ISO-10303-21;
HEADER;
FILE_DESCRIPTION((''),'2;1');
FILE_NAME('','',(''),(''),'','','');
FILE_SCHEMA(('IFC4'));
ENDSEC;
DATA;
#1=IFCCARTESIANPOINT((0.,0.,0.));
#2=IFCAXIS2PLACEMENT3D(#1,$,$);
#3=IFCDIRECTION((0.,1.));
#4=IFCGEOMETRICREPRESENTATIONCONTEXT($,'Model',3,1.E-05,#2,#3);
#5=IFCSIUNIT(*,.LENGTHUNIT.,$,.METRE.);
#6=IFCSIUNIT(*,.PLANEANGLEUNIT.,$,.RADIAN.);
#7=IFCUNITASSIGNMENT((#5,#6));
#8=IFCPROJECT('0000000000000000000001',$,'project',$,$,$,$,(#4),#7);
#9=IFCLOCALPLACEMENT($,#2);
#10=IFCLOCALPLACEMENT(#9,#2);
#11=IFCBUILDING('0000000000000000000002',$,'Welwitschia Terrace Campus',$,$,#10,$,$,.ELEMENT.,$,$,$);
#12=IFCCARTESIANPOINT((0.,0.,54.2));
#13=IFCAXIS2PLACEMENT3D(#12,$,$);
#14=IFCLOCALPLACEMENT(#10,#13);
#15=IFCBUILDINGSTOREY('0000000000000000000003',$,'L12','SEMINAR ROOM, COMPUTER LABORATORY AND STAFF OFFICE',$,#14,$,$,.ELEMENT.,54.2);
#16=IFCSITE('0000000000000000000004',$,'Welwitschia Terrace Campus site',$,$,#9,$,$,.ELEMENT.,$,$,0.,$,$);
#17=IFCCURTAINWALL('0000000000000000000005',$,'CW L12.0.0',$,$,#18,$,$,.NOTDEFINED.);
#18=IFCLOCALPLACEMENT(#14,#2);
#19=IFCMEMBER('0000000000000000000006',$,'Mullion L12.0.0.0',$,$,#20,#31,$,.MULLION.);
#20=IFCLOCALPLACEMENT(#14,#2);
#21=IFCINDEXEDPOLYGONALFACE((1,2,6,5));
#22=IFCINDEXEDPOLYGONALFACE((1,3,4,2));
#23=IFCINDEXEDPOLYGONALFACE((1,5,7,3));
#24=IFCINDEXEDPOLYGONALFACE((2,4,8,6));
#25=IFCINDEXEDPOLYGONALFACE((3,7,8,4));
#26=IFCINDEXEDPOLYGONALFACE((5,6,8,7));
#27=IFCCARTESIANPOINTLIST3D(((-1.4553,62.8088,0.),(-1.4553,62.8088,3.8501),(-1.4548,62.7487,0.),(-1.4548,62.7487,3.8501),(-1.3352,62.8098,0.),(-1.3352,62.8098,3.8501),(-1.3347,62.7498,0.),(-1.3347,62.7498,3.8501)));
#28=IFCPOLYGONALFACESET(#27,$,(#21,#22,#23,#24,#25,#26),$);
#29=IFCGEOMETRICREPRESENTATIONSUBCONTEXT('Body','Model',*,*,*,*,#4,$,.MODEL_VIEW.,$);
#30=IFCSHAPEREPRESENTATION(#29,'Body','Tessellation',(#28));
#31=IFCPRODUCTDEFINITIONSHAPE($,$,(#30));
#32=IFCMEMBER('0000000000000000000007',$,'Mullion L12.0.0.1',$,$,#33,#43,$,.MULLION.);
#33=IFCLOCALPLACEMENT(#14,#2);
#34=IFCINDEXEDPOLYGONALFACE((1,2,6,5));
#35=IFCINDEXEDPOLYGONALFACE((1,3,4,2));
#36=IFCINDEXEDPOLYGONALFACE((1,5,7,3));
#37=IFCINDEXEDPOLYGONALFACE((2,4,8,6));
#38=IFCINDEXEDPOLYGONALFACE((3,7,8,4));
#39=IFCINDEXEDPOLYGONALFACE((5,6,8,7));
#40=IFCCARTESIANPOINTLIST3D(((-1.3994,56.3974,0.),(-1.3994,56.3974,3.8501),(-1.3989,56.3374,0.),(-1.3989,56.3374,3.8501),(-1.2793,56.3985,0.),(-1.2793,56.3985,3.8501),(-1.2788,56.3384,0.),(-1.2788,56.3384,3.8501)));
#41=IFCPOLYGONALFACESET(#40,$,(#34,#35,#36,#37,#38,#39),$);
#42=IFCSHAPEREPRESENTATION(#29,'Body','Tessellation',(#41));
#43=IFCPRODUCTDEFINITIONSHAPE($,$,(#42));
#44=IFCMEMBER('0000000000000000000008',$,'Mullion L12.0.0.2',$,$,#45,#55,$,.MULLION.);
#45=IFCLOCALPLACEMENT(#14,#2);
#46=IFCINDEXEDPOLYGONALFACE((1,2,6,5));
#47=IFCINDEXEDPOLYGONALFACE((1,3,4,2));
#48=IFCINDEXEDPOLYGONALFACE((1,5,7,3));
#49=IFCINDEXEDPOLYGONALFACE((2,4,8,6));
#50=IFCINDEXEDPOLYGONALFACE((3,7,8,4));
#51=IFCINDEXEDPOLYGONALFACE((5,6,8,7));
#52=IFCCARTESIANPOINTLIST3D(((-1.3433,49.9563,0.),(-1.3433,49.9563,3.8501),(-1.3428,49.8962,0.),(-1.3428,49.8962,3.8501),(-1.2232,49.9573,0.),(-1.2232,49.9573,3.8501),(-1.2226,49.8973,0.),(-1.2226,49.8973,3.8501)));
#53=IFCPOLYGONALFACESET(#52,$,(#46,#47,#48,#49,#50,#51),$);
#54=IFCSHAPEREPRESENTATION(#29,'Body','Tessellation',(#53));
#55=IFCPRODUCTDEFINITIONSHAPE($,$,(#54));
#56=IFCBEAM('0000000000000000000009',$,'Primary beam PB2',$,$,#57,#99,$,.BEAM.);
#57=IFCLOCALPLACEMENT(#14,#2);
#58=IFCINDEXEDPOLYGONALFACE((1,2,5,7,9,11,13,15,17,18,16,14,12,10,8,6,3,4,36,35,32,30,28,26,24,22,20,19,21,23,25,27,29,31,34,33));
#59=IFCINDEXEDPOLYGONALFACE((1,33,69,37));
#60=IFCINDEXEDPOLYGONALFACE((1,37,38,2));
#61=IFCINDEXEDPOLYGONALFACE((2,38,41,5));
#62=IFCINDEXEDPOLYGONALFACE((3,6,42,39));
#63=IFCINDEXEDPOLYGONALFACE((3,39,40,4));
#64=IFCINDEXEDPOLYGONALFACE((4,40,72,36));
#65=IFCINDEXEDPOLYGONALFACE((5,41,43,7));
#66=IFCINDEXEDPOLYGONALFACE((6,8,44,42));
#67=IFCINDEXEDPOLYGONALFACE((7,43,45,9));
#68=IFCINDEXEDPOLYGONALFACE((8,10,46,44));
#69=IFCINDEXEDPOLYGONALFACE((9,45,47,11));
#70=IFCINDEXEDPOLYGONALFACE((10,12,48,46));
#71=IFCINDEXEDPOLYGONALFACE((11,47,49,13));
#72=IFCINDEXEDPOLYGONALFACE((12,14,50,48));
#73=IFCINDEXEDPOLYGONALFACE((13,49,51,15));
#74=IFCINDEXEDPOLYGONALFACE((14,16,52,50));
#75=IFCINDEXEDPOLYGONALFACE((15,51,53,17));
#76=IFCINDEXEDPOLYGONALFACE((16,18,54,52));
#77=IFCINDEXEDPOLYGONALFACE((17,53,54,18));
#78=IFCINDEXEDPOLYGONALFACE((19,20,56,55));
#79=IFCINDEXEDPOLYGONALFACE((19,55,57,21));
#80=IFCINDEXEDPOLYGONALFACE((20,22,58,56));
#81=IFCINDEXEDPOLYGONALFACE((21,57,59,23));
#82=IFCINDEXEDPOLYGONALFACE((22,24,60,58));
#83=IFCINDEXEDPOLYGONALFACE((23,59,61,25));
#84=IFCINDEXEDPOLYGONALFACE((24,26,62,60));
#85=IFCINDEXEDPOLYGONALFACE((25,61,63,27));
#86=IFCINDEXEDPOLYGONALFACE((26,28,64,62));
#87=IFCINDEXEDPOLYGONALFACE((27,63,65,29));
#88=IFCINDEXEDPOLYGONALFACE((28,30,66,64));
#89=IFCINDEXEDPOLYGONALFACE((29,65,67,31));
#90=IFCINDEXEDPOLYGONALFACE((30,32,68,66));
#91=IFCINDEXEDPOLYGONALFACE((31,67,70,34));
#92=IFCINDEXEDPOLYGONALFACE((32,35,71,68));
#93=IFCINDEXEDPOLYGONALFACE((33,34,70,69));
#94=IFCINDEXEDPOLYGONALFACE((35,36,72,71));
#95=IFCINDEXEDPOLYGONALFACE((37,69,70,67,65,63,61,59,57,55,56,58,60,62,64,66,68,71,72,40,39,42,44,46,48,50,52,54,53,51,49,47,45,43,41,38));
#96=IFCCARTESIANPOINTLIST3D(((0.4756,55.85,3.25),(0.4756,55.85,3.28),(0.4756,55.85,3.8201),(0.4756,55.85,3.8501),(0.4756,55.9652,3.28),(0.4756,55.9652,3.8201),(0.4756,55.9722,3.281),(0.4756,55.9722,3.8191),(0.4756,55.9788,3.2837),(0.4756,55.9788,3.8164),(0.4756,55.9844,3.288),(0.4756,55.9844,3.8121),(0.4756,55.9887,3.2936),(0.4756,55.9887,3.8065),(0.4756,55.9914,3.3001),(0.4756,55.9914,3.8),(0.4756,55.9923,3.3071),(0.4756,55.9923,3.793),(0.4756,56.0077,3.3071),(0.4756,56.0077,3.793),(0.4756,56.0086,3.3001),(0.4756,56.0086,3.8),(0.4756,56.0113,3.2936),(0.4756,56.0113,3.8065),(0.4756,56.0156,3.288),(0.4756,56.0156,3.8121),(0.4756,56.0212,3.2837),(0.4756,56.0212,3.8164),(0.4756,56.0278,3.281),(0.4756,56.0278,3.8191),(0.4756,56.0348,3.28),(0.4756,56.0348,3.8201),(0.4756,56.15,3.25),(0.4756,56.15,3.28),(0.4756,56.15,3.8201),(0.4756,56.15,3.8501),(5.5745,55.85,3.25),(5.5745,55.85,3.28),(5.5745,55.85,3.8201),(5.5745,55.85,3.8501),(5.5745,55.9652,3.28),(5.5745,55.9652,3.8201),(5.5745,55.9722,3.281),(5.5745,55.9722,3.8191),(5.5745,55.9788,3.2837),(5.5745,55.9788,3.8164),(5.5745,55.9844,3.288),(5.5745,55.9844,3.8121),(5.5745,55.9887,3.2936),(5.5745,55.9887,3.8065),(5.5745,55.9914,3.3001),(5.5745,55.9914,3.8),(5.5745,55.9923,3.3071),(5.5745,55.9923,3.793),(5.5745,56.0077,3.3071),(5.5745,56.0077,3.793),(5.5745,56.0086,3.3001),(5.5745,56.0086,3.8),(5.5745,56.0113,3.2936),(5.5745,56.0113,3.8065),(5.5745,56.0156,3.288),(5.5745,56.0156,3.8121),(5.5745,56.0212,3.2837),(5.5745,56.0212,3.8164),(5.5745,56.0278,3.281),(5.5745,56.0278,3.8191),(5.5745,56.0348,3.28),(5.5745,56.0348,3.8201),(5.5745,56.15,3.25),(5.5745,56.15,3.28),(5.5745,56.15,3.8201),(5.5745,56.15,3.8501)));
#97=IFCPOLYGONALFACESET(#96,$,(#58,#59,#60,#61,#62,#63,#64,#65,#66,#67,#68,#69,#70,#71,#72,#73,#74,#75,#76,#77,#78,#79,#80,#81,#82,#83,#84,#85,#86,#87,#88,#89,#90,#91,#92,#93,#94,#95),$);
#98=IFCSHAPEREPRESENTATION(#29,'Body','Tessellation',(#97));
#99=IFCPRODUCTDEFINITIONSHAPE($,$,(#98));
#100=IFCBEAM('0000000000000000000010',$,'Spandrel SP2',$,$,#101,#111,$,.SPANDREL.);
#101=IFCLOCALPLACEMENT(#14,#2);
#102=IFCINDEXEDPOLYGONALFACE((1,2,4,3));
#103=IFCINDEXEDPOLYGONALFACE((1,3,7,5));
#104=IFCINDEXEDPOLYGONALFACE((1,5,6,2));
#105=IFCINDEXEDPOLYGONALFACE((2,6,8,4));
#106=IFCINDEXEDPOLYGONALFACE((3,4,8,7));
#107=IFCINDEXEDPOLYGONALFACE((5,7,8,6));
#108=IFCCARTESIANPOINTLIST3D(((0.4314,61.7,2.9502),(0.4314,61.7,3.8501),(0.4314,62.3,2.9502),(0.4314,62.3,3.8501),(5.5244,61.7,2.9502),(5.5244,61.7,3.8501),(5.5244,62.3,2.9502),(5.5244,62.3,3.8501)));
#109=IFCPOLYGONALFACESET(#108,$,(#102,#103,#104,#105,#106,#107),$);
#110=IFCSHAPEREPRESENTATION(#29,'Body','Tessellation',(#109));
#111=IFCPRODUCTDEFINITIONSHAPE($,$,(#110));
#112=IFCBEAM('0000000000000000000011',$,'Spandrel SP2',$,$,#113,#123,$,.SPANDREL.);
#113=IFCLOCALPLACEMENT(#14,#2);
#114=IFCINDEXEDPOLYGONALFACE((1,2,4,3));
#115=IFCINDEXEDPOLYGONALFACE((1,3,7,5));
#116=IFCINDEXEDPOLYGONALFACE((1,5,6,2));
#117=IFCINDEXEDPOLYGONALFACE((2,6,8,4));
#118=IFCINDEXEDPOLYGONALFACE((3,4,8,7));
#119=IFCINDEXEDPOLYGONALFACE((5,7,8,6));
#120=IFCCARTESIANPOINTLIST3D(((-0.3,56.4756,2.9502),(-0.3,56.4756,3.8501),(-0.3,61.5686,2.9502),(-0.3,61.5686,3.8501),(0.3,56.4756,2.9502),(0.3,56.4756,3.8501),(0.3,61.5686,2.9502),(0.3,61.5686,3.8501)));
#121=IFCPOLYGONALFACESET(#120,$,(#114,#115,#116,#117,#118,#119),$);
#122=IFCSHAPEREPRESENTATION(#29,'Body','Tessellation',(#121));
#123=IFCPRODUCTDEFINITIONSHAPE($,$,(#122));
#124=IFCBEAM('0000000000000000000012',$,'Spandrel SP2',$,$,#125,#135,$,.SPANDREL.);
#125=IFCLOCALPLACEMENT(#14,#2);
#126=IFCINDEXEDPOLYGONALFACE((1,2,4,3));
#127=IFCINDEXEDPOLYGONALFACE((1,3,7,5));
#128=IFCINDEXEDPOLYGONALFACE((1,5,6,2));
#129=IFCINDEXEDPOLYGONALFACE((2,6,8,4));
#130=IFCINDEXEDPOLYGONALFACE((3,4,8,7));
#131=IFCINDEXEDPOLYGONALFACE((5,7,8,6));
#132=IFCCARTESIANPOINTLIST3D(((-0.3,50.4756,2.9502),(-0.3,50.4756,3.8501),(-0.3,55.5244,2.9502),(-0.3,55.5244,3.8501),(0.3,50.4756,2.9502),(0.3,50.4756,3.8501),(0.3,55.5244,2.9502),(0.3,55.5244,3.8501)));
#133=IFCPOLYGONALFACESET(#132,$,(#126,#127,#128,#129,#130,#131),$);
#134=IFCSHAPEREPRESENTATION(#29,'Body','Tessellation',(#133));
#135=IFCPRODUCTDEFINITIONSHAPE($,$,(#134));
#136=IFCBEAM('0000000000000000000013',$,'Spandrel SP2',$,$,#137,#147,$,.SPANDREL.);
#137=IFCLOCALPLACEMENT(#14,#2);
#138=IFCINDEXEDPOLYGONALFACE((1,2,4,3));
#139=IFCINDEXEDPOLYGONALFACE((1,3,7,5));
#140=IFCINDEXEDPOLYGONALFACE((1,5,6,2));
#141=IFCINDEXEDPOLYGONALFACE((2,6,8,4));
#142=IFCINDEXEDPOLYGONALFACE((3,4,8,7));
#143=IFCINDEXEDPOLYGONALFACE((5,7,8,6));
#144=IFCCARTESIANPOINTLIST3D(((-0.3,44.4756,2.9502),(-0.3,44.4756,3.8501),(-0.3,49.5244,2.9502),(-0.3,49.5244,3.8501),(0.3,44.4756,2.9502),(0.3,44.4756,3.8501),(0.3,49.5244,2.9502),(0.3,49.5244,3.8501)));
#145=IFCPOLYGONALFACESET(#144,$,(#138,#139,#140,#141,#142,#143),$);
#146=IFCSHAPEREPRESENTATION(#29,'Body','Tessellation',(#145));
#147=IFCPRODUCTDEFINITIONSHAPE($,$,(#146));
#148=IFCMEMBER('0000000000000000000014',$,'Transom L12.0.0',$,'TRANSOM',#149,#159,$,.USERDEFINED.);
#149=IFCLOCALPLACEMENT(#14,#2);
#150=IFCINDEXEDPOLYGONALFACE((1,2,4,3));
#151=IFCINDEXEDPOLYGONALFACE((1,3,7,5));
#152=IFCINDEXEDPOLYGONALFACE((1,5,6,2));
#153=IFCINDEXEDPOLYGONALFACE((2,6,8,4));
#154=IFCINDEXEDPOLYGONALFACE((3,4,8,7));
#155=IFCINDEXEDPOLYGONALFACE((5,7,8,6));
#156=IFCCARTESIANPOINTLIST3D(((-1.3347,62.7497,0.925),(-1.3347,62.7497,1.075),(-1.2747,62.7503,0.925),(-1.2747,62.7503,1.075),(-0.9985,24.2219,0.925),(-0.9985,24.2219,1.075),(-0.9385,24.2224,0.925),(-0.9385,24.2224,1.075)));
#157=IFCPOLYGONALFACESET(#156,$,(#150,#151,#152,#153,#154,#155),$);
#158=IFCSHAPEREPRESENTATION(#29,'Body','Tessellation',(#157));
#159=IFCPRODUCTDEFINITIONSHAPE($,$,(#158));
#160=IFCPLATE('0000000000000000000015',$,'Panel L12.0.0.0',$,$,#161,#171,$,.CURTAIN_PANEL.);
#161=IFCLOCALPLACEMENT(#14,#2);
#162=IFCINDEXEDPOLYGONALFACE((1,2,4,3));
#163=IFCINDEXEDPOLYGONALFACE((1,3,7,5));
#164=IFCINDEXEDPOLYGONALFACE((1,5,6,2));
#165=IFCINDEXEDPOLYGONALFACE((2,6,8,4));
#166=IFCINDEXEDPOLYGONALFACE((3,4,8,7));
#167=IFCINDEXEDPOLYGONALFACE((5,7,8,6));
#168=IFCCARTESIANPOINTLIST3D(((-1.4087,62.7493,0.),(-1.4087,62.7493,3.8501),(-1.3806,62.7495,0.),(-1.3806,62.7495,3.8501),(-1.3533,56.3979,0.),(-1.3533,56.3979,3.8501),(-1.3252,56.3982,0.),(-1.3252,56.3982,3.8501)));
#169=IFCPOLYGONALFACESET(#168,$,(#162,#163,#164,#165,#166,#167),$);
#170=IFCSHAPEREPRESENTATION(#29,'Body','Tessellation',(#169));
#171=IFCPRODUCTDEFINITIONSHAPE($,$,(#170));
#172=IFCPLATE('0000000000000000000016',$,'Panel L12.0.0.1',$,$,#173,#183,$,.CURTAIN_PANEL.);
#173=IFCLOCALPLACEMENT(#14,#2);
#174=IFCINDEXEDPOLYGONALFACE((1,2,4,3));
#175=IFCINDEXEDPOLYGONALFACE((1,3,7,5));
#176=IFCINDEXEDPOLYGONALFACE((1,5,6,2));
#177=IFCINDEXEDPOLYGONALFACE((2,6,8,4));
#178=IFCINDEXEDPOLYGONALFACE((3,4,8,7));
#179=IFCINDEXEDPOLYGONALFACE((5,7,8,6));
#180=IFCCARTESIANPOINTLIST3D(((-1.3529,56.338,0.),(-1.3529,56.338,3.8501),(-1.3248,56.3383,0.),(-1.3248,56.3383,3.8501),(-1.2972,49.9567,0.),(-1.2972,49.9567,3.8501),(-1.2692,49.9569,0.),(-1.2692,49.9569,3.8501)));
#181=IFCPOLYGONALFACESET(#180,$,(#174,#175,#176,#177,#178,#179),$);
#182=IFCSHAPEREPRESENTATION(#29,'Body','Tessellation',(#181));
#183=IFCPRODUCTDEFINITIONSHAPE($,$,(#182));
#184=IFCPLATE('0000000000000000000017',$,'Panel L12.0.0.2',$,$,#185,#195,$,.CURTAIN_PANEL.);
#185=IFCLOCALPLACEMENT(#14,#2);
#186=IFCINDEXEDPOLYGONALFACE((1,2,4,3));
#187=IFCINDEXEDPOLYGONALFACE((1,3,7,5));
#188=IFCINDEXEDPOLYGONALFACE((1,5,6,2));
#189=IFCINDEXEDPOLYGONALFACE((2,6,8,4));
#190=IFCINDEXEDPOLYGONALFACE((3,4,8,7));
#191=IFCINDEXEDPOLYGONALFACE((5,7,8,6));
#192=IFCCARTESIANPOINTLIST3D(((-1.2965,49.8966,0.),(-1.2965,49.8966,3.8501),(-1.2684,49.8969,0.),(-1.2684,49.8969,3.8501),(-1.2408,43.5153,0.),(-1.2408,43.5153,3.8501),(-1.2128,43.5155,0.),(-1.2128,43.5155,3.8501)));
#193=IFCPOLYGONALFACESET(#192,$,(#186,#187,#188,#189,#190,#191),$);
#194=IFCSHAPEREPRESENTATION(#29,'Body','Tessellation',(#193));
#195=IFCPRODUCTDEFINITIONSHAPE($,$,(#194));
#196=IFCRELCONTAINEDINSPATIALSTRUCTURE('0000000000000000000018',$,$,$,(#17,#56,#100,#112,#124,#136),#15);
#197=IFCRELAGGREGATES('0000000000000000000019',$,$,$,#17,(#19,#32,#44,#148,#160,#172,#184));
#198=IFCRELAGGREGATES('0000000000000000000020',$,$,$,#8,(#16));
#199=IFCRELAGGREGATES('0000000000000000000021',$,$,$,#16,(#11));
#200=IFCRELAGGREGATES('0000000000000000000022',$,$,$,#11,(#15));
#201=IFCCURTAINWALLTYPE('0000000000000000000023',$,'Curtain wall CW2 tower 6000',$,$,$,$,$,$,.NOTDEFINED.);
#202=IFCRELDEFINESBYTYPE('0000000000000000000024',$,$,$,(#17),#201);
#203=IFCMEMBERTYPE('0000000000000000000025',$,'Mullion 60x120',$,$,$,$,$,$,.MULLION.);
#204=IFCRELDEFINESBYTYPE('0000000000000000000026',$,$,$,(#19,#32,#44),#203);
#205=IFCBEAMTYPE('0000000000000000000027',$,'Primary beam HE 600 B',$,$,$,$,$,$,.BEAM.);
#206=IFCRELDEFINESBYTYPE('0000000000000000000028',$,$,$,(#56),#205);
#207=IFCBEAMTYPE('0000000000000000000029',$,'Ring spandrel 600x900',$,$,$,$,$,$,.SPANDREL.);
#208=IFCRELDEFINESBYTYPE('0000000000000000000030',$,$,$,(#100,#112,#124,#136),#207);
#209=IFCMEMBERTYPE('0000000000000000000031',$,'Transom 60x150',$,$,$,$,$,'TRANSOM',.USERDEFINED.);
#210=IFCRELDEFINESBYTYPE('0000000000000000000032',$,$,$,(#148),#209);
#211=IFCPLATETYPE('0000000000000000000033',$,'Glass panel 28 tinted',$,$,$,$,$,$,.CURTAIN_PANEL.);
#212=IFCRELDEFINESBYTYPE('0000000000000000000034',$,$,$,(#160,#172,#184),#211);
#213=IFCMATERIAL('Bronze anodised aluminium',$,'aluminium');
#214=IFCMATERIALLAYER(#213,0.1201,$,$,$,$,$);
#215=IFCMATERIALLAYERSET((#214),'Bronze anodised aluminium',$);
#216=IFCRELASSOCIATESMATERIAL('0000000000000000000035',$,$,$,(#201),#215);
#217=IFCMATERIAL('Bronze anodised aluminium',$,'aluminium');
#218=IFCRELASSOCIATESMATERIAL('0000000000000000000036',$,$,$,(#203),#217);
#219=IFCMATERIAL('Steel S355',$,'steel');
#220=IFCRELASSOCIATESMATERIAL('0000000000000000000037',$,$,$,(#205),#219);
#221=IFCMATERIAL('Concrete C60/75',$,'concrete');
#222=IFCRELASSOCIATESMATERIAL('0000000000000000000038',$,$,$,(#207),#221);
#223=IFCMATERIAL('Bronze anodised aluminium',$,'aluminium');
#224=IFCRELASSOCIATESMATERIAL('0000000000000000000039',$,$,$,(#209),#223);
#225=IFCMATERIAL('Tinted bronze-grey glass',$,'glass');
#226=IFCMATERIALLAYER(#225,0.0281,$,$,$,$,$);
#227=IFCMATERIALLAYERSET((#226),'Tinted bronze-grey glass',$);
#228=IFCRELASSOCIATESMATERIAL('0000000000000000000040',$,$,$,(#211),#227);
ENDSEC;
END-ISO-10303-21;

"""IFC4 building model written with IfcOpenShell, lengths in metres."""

from ifc_helpers import new_model, si_unit, direction, frame, origin, origin_2d, place, context, subcontext, project, spatial, rectangle, i_section, extrude, material, layer, layer_set, material_profile, profile_set, type_object, element, aggregate, save


model = new_model("IFC4")

# Units and contexts
model_context = context("Model", 3, precision=1e-05, world=origin(), true_north=direction((0.0, 1.0)))
body_context = subcontext(model_context, "Body", "Model", "MODEL_VIEW")
ifc_project = project(units=[si_unit("LENGTHUNIT", "METRE"), si_unit("PLANEANGLEUNIT", "RADIAN")], contexts=[model_context])

# Site, building, storey
site_placement = place(None, origin())
site = spatial("IfcSite", under=ifc_project, at=site_placement, Name="Welwitschia Terrace Campus site", CompositionType="ELEMENT", RefElevation=0.0)
building_placement = place(site_placement, origin())
building = spatial("IfcBuilding", under=site, at=building_placement, Name="Welwitschia Terrace Campus", CompositionType="ELEMENT")
storey_placement = place(building_placement, frame((0.0, 0.0, 54.2)))
storey = spatial("IfcBuildingStorey", under=building, at=storey_placement, Name="L12", Description="SEMINAR ROOM, COMPUTER LABORATORY AND STAFF OFFICE", CompositionType="ELEMENT", Elevation=54.2)

# Curtain wall, members
ifc_material_1 = material(Name="Bronze anodised aluminium", Category="aluminium")
ifc_layer_1 = layer(ifc_material_1, 0.1201)
ifc_layer_set_1 = layer_set([ifc_layer_1], Name="Bronze anodised aluminium")
curtain_wall_type = type_object("IfcCurtainWallType", Name="Curtain wall CW2 tower 6000", PredefinedType="NOTDEFINED", material=ifc_layer_set_1)
curtain_wall_placement = place(storey_placement, origin())
curtain_wall = element("IfcCurtainWall", 1, at=curtain_wall_placement, inside=storey, type_object=curtain_wall_type, Name="CW L12.0.0", PredefinedType="NOTDEFINED")
ifc_material_2 = material(Name="Bronze anodised aluminium", Category="aluminium")
ifc_material_profile_1 = material_profile(ifc_material_2, rectangle(XDim=0.1201, YDim=0.0601, at=origin_2d()))
ifc_profile_set_1 = profile_set([ifc_material_profile_1], Name="Bronze anodised aluminium")
member_type_1 = type_object("IfcMemberType", Name="Mullion 60x120", PredefinedType="MULLION", material=ifc_profile_set_1)
member_1_placement = place(storey_placement, frame((-1.395, 62.7793, 0.0), z_axis=(0.0, 0.0, 1.0), x_axis=(0.999962, 0.008727, 0.0)))
member_1 = element("IfcMember", 2, at=member_1_placement, type_object=member_type_1, Name="Mullion L12.0.0.0", PredefinedType="MULLION", context=body_context, shape_type="SweptSolid", body=[
    extrude(rectangle(XDim=0.1201, YDim=0.0601, at=origin_2d()), origin(), (0.0, 0.0, 1.0), 3.8501),
])
member_2_placement = place(storey_placement, frame((-1.3391, 56.3679, 0.0), z_axis=(0.0, 0.0, 1.0), x_axis=(0.999962, 0.008727, 0.0)))
member_2 = element("IfcMember", 3, at=member_2_placement, type_object=member_type_1, Name="Mullion L12.0.0.1", PredefinedType="MULLION", context=body_context, shape_type="SweptSolid", body=[
    extrude(rectangle(XDim=0.1201, YDim=0.0601, at=origin_2d()), origin(), (0.0, 0.0, 1.0), 3.8501),
])
member_3_placement = place(storey_placement, frame((-1.283, 49.9268, 0.0), z_axis=(0.0, 0.0, 1.0), x_axis=(0.999962, 0.008727, 0.0)))
member_3 = element("IfcMember", 4, at=member_3_placement, type_object=member_type_1, Name="Mullion L12.0.0.2", PredefinedType="MULLION", context=body_context, shape_type="SweptSolid", body=[
    extrude(rectangle(XDim=0.1201, YDim=0.0601, at=origin_2d()), origin(), (0.0, 0.0, 1.0), 3.8501),
])

# Beams
ifc_material_3 = material(Name="Steel S355", Category="steel")
ifc_material_profile_2 = material_profile(ifc_material_3, i_section(OverallWidth=0.3, OverallDepth=0.6001, WebThickness=0.0154, FlangeThickness=0.03, FilletRadius=0.0271, at=origin_2d()))
ifc_profile_set_2 = profile_set([ifc_material_profile_2], Name="Steel S355")
beam_type_1 = type_object("IfcBeamType", Name="Primary beam HE 600 B", PredefinedType="BEAM", material=ifc_profile_set_2)
beam_1_placement = place(storey_placement, frame((0.4756, 56.0, 3.55), z_axis=(1.0, 0.0, 0.0), x_axis=(0.0, 1.0, 0.0)))
element("IfcBeam", 5, at=beam_1_placement, inside=storey, type_object=beam_type_1, Name="Primary beam PB2", PredefinedType="BEAM", context=body_context, shape_type="SweptSolid", body=[
    extrude(i_section(OverallWidth=0.3, OverallDepth=0.6001, WebThickness=0.0154, FlangeThickness=0.03, FilletRadius=0.0271, at=origin_2d()), origin(), (0.0, 0.0, 1.0), 5.0989),
])
ifc_material_4 = material(Name="Concrete C60/75", Category="concrete")
ifc_material_profile_3 = material_profile(ifc_material_4, rectangle(XDim=0.6001, YDim=0.8999, at=origin_2d()))
ifc_profile_set_3 = profile_set([ifc_material_profile_3], Name="Concrete C60/75")
beam_type_2 = type_object("IfcBeamType", Name="Ring spandrel 600x900", PredefinedType="SPANDREL", material=ifc_profile_set_3)
for number, where, z_axis, x_axis, name in (
    (6, (5.5244, 62.0, 3.4001), (-1.0, 0.0, 0.0), (0.0, -1.0, 0.0), "Spandrel SP2"),
    (7, (0.0, 61.5686, 3.4001), (0.0, -1.0, 0.0), (1.0, 0.0, 0.0), "Spandrel SP2"),
):
    element("IfcBeam", number, at=place(storey_placement, frame(where, z_axis=z_axis, x_axis=x_axis)), inside=storey, type_object=beam_type_2, Name=name, PredefinedType="SPANDREL", context=body_context, shape_type="SweptSolid", body=[
        extrude(rectangle(XDim=0.6001, YDim=0.8999, at=origin_2d()), origin(), (0.0, 0.0, 1.0), 5.093),
    ])
for number, where, z_axis, x_axis, name in (
    (8, (0.0, 55.5244, 3.4001), (0.0, -1.0, 0.0), (1.0, 0.0, 0.0), "Spandrel SP2"),
    (9, (0.0, 49.5244, 3.4001), (0.0, -1.0, 0.0), (1.0, 0.0, 0.0), "Spandrel SP2"),
):
    element("IfcBeam", number, at=place(storey_placement, frame(where, z_axis=z_axis, x_axis=x_axis)), inside=storey, type_object=beam_type_2, Name=name, PredefinedType="SPANDREL", context=body_context, shape_type="SweptSolid", body=[
        extrude(rectangle(XDim=0.6001, YDim=0.8999, at=origin_2d()), origin(), (0.0, 0.0, 1.0), 5.0488),
    ])

# Member
ifc_material_5 = material(Name="Bronze anodised aluminium", Category="aluminium")
ifc_material_profile_4 = material_profile(ifc_material_5, rectangle(XDim=0.0601, YDim=0.1499, at=origin_2d()))
ifc_profile_set_4 = profile_set([ifc_material_profile_4], Name="Bronze anodised aluminium")
member_type_2 = type_object("IfcMemberType", Name="Transom 60x150", ElementType="TRANSOM", PredefinedType="USERDEFINED", material=ifc_profile_set_4)
member_4_placement = place(storey_placement, frame((-1.3047, 62.75, 1.0), z_axis=(0.008725, -0.999962, 0.0), x_axis=(0.999962, 0.008725, 0.0)))
member_4 = element("IfcMember", 10, at=member_4_placement, type_object=member_type_2, Name="Transom L12.0.0", ObjectType="TRANSOM", PredefinedType="USERDEFINED", context=body_context, shape_type="SweptSolid", body=[
    extrude(rectangle(XDim=0.0601, YDim=0.1499, at=origin_2d()), origin(), (0.0, 0.0, 1.0), 38.5293),
])

# Plates
ifc_material_6 = material(Name="Tinted bronze-grey glass", Category="glass")
ifc_layer_2 = layer(ifc_material_6, 0.0281)
ifc_layer_set_2 = layer_set([ifc_layer_2], Name="Tinted bronze-grey glass")
plate_type = type_object("IfcPlateType", Name="Glass panel 28 tinted", PredefinedType="CURTAIN_PANEL", material=ifc_layer_set_2)
plate_1_placement = place(storey_placement, frame((-1.3669, 59.5737, 0.0), z_axis=(0.0, 0.0, 1.0), x_axis=(0.008727, -0.999962, 0.0)))
plate_1 = element("IfcPlate", 11, at=plate_1_placement, type_object=plate_type, Name="Panel L12.0.0.0", PredefinedType="CURTAIN_PANEL", context=body_context, shape_type="SweptSolid", body=[
    extrude(rectangle(XDim=6.3516, YDim=0.0281, at=origin_2d()), origin(), (0.0, 0.0, 1.0), 3.8501),
])
plate_2_placement = place(storey_placement, frame((-1.311, 53.1475, 0.0), z_axis=(0.0, 0.0, 1.0), x_axis=(0.008727, -0.999962, 0.0)))
plate_2 = element("IfcPlate", 12, at=plate_2_placement, type_object=plate_type, Name="Panel L12.0.0.1", PredefinedType="CURTAIN_PANEL", context=body_context, shape_type="SweptSolid", body=[
    extrude(rectangle(XDim=6.3816, YDim=0.0281, at=origin_2d()), origin(), (0.0, 0.0, 1.0), 3.8501),
])
plate_3_placement = place(storey_placement, frame((-1.2546, 46.7061, 0.0), z_axis=(0.0, 0.0, 1.0), x_axis=(0.008727, -0.999962, 0.0)))
plate_3 = element("IfcPlate", 13, at=plate_3_placement, type_object=plate_type, Name="Panel L12.0.0.2", PredefinedType="CURTAIN_PANEL", context=body_context, shape_type="SweptSolid", body=[
    extrude(rectangle(XDim=6.3816, YDim=0.0281, at=origin_2d()), origin(), (0.0, 0.0, 1.0), 3.8501),
])
aggregate(curtain_wall, [member_1, member_2, member_3, member_4, plate_1, plate_2, plate_3])

save(model, "model.ifc")
